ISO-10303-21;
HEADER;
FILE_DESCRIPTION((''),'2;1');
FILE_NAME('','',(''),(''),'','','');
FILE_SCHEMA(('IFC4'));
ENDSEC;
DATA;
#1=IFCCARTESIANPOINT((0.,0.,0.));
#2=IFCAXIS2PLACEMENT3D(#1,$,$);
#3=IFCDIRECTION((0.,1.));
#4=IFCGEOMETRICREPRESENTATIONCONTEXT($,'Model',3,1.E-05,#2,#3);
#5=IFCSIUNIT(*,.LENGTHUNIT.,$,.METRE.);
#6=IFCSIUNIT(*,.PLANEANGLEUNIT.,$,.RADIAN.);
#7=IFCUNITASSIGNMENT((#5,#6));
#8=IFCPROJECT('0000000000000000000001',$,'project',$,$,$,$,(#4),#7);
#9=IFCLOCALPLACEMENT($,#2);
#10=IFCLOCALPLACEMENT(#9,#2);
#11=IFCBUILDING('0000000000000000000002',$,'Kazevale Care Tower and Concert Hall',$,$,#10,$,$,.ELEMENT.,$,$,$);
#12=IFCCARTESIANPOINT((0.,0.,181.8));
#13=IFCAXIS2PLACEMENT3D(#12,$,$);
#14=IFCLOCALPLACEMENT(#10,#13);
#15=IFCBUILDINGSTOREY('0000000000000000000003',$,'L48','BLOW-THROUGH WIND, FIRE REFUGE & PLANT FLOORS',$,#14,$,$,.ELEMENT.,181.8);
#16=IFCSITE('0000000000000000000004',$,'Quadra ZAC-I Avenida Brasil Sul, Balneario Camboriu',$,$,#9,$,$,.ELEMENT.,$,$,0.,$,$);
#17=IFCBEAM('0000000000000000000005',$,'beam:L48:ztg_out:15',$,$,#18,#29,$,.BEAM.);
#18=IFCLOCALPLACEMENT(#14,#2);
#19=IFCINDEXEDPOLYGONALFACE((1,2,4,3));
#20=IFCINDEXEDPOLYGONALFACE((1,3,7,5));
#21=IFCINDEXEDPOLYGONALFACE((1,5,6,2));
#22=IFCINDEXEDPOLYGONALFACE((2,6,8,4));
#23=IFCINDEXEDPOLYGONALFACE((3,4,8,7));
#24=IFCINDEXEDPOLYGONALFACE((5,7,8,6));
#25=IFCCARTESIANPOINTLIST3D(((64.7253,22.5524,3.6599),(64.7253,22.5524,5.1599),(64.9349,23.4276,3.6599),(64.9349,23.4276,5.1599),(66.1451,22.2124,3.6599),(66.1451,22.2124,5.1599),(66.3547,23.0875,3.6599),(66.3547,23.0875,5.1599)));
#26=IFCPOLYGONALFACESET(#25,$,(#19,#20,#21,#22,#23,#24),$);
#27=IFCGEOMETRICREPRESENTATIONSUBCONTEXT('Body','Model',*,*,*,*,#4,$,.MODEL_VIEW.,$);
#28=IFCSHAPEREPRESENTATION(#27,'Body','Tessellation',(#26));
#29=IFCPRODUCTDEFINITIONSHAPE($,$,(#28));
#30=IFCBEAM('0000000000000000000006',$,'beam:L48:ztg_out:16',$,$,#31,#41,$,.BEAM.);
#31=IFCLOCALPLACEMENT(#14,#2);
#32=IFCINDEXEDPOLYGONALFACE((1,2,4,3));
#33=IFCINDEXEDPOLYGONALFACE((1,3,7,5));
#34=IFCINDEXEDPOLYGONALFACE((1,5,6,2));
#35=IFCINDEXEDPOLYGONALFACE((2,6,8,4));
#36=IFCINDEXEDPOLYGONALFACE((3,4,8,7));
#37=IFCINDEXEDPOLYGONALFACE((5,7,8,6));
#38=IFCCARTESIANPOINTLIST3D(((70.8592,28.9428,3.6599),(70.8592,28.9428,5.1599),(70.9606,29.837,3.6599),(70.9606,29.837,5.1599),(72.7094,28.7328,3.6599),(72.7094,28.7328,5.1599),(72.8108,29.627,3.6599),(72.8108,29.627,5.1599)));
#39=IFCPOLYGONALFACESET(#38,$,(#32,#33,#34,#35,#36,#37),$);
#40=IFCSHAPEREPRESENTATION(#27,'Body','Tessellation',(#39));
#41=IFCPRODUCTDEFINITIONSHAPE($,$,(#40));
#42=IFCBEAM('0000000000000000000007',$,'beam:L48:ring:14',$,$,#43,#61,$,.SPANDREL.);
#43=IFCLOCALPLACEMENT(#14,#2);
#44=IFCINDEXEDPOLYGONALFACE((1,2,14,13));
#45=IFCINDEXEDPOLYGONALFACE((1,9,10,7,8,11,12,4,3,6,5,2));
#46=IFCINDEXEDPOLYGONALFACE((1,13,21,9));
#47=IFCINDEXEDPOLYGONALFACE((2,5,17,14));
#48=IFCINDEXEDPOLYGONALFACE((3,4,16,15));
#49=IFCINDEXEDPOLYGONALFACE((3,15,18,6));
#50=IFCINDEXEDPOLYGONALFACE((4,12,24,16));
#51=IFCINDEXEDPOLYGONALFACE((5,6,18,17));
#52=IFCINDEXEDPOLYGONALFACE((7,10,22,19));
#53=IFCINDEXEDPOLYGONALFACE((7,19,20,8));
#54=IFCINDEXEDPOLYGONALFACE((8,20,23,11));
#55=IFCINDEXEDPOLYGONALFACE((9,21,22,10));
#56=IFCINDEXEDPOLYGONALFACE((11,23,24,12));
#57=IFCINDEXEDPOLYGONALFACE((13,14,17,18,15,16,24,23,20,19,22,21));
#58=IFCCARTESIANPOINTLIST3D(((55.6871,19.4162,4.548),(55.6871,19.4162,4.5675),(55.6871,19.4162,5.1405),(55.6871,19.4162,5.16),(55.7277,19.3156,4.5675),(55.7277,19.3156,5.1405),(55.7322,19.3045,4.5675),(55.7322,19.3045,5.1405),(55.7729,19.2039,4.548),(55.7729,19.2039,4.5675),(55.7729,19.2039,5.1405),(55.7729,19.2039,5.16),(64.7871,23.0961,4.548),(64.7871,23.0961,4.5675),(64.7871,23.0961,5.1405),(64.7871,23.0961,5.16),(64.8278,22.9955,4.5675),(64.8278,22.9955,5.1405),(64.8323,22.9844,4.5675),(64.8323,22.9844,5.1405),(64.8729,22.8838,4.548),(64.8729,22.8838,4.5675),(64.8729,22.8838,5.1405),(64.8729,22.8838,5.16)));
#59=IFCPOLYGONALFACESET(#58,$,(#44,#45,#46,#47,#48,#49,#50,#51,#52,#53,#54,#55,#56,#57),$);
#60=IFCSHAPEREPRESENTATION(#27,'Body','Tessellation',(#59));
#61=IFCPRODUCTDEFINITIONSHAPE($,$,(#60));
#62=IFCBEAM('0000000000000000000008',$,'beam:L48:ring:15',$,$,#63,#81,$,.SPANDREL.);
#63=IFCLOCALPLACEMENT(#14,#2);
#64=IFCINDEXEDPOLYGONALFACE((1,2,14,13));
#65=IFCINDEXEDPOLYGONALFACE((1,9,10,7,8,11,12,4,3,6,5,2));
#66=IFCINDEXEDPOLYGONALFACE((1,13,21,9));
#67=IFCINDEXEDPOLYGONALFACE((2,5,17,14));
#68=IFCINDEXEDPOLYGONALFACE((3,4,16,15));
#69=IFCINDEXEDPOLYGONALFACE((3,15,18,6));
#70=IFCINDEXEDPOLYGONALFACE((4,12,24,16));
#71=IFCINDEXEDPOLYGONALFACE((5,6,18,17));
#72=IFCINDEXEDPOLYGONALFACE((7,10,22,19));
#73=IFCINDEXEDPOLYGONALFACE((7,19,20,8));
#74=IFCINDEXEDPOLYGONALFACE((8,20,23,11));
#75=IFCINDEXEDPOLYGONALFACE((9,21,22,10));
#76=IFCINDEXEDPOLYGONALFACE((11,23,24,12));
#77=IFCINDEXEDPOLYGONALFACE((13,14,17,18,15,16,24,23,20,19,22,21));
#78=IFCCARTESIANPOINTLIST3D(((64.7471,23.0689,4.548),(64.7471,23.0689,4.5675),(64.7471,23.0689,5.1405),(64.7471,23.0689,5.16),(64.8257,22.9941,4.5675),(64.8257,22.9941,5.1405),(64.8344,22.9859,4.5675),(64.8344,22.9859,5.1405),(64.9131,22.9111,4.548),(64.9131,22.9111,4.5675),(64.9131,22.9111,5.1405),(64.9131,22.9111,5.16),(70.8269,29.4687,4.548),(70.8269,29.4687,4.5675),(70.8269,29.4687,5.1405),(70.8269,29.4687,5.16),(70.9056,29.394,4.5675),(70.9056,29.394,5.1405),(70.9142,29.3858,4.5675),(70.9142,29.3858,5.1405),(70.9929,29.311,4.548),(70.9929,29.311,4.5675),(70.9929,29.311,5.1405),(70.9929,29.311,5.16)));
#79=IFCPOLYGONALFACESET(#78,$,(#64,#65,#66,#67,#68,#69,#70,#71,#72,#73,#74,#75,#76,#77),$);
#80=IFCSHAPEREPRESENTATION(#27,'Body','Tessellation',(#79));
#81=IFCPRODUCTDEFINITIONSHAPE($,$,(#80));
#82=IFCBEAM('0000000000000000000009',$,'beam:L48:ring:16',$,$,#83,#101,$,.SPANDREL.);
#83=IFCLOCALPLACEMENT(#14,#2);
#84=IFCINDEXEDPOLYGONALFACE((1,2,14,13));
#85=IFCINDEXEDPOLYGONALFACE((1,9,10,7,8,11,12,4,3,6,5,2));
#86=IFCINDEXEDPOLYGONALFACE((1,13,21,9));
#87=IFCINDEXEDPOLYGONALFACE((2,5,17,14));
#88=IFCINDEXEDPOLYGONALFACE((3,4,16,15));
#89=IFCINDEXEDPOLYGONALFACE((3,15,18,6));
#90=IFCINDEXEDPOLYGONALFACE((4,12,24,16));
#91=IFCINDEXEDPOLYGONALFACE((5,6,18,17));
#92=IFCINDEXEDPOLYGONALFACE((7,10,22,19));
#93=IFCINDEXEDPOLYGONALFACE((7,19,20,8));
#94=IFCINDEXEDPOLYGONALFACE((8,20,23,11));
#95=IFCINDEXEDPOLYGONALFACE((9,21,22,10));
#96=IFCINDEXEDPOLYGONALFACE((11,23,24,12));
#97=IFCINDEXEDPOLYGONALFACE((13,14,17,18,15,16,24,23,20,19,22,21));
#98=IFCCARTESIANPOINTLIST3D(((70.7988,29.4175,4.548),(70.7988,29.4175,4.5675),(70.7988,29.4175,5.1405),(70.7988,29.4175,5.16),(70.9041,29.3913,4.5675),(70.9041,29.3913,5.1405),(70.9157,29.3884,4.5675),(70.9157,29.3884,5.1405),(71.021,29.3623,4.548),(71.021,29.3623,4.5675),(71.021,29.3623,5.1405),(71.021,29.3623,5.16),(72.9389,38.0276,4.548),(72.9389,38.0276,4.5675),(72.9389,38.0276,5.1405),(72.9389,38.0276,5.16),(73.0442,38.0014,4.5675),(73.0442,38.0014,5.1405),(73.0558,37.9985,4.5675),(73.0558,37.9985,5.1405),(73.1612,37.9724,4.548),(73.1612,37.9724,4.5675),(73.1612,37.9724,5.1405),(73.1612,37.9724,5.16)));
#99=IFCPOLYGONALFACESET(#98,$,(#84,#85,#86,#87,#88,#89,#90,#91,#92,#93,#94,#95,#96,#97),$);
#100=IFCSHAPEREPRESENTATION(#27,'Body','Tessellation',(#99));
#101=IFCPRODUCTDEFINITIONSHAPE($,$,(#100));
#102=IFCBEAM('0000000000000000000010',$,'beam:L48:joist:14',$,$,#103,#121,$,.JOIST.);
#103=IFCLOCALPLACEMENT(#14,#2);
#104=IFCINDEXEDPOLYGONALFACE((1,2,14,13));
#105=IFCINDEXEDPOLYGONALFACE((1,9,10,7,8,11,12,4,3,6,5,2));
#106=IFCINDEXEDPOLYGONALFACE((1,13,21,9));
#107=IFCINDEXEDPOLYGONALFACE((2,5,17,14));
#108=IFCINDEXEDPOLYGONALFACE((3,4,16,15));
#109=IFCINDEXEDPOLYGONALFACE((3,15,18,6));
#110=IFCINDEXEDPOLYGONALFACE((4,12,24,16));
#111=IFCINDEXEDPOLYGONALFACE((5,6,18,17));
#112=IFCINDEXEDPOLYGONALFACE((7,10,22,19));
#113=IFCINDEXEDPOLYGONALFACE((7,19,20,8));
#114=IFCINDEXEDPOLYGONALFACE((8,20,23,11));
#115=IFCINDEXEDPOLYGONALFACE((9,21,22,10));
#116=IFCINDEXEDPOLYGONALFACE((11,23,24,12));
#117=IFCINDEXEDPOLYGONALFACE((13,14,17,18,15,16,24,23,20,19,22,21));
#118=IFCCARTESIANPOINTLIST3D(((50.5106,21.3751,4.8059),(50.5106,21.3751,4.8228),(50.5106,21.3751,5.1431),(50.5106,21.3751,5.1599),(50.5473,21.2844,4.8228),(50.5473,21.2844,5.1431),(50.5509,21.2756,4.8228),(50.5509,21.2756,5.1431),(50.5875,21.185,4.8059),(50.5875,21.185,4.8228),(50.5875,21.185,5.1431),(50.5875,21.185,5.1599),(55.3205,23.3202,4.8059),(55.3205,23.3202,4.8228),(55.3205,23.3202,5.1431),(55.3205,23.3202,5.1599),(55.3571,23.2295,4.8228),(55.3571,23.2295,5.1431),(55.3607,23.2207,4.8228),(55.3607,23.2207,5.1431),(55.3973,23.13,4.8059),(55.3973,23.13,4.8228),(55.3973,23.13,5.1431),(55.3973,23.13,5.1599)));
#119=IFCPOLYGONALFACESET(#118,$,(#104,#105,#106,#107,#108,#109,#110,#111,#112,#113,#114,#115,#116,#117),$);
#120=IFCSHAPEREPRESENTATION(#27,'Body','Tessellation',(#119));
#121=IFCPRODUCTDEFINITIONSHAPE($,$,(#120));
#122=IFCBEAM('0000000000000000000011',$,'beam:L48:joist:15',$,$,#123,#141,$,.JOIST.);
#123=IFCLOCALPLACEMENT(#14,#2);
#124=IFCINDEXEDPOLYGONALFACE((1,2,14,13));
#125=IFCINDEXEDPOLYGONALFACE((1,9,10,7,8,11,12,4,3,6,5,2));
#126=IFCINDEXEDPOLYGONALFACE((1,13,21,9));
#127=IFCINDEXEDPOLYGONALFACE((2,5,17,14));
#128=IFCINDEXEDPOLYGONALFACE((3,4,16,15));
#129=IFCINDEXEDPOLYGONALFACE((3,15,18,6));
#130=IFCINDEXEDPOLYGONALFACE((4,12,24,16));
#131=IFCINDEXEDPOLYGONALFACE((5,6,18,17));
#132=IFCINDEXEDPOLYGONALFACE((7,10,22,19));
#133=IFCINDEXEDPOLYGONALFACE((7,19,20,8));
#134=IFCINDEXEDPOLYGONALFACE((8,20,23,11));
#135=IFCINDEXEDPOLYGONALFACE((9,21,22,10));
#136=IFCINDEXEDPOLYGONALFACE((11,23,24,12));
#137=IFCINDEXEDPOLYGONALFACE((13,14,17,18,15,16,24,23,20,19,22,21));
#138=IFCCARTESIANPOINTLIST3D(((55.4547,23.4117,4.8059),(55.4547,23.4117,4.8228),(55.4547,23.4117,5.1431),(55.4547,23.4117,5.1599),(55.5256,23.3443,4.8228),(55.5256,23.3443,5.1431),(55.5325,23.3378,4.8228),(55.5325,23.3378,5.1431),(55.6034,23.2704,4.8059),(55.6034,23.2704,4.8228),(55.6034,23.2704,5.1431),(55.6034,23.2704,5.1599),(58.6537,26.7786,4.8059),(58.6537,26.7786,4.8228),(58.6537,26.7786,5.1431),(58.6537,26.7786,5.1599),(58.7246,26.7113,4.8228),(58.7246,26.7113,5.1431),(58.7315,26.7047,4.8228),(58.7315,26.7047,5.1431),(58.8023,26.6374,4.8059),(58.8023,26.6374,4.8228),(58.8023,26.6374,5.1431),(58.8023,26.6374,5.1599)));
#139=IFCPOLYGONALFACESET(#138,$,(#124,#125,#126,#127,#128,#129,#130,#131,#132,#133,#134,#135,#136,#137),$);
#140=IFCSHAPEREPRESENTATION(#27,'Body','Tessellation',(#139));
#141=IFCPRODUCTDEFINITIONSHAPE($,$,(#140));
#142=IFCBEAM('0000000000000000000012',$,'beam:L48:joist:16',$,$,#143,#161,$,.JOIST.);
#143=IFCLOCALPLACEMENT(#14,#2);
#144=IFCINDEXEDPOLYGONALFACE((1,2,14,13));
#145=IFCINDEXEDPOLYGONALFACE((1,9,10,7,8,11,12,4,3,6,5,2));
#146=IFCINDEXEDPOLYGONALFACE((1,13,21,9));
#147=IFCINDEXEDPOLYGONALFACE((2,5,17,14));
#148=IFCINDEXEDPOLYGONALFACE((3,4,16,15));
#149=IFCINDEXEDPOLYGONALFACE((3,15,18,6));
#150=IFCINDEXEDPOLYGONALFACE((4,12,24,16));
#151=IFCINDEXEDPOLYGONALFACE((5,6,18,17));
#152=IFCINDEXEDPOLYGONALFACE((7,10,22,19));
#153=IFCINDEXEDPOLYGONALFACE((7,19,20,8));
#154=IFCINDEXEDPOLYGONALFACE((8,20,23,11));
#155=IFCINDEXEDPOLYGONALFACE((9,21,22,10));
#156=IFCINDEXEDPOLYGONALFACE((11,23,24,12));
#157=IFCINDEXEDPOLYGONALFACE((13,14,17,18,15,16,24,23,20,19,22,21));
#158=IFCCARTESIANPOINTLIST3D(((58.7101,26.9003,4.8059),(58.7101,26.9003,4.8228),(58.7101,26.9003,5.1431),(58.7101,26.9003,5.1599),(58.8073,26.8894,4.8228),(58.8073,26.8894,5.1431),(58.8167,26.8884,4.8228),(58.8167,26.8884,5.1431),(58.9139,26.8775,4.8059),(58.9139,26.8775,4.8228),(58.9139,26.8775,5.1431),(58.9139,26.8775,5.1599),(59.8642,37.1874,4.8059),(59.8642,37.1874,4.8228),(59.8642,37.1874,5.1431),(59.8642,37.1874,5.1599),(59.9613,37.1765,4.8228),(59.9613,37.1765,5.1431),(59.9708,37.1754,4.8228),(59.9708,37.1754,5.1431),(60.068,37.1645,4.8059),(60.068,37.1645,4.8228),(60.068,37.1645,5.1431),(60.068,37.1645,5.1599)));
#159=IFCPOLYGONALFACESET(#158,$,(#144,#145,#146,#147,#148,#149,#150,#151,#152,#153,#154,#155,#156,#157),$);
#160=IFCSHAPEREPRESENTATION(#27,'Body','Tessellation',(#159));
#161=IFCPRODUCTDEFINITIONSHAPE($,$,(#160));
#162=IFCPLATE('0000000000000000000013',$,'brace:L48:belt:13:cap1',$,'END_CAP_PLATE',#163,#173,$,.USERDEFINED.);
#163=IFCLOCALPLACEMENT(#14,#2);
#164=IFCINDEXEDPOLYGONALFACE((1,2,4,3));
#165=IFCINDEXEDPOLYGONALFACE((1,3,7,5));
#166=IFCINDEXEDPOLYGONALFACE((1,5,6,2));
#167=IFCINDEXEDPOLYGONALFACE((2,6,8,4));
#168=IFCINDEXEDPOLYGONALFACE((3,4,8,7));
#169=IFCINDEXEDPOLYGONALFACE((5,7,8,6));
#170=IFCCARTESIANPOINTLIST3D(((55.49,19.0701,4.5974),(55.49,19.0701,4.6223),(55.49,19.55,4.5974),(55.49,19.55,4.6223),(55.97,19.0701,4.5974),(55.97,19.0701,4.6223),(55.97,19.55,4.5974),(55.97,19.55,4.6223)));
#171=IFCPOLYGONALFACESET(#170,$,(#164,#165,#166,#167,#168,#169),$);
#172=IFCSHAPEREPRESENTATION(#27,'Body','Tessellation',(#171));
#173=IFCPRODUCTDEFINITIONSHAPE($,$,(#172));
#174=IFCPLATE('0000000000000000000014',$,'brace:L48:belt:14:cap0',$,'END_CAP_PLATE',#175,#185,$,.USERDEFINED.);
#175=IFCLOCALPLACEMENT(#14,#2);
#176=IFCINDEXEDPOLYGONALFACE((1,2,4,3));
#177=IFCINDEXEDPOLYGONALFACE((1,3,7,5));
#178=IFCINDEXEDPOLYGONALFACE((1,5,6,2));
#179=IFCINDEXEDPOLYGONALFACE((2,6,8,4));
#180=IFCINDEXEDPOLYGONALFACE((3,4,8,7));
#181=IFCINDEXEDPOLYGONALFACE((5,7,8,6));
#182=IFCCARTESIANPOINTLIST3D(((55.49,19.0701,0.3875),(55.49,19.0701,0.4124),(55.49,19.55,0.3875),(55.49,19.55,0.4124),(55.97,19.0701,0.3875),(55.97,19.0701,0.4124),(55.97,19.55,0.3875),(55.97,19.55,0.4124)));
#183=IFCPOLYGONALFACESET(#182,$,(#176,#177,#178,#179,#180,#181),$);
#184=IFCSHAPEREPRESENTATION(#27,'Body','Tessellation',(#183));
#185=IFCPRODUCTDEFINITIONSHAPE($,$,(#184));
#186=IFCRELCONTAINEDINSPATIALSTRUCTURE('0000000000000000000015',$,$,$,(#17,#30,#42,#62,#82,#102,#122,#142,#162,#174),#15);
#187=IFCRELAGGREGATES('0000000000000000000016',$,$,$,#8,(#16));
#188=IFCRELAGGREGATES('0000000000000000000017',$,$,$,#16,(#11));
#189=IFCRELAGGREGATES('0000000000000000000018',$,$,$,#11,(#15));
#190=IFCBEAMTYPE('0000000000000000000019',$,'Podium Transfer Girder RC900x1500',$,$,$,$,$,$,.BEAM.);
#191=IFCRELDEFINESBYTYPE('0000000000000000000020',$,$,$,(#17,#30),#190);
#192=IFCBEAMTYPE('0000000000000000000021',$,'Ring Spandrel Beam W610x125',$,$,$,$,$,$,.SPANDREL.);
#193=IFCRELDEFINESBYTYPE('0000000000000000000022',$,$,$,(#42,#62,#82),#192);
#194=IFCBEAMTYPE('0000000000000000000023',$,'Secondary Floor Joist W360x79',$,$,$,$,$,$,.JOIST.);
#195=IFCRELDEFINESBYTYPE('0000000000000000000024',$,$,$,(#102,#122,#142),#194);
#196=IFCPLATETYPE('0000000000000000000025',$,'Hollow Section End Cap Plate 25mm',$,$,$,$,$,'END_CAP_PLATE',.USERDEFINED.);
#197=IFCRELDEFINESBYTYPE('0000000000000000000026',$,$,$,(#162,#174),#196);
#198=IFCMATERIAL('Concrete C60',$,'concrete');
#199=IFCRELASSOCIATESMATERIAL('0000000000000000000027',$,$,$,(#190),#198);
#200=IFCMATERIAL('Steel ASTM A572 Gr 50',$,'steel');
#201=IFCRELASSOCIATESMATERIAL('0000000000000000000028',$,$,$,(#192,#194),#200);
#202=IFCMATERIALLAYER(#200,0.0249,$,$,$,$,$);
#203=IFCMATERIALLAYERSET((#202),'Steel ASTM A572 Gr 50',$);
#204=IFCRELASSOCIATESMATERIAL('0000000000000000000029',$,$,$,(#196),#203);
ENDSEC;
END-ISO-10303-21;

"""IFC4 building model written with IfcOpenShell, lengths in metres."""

from ifc_helpers import new_model, si_unit, direction, frame, origin, origin_2d, place, context, subcontext, project, spatial, rectangle, i_section, extrude, material, layer, layer_set, material_profile, profile_set, type_object, element, save


model = new_model("IFC4")

# Units and contexts
model_context = context("Model", 3, precision=1e-05, world=origin(), true_north=direction((0.0, 1.0)))
body_context = subcontext(model_context, "Body", "Model", "MODEL_VIEW")
ifc_project = project(units=[si_unit("LENGTHUNIT", "METRE"), si_unit("PLANEANGLEUNIT", "RADIAN")], contexts=[model_context])

# Site, building, storey
site_placement = place(None, origin())
site = spatial("IfcSite", under=ifc_project, at=site_placement, Name="Quadra ZAC-I Avenida Brasil Sul, Balneario Camboriu", CompositionType="ELEMENT", RefElevation=0.0)
building_placement = place(site_placement, origin())
building = spatial("IfcBuilding", under=site, at=building_placement, Name="Kazevale Care Tower and Concert Hall", CompositionType="ELEMENT")
storey_placement = place(building_placement, frame((0.0, 0.0, 181.8)))
storey = spatial("IfcBuildingStorey", under=building, at=storey_placement, Name="L48", Description="BLOW-THROUGH WIND, FIRE REFUGE & PLANT FLOORS", CompositionType="ELEMENT", Elevation=181.8)

# Shared definitions
ifc_material_1 = material(Name="Concrete C60", Category="concrete")

# Shared definitions
ifc_material_2 = material(Name="Steel ASTM A572 Gr 50", Category="steel")

# Beams
ifc_material_profile_1 = material_profile(ifc_material_1, rectangle(XDim=0.8999, YDim=1.5, at=origin_2d()), Name="RC-TG900x1500")
ifc_profile_set_1 = profile_set([ifc_material_profile_1], Name="Concrete C60")
beam_type_1 = type_object("IfcBeamType", Name="Podium Transfer Girder RC900x1500", PredefinedType="BEAM", material=ifc_profile_set_1)
beam_1_placement = place(storey_placement, frame((64.8301, 22.99, 4.4099), z_axis=(0.972495, -0.232924, 0.0), x_axis=(0.232924, 0.972495, 0.0)))
element("IfcBeam", 1, at=beam_1_placement, inside=storey, type_object=beam_type_1, Name="beam:L48:ztg_out:15", PredefinedType="BEAM", context=body_context, shape_type="SweptSolid", body=[
    extrude(rectangle(XDim=0.8999, YDim=1.5, at=origin_2d()), origin(), (0.0, 0.0, 1.0), 1.46),
])
beam_2_placement = place(storey_placement, frame((70.9099, 29.3899, 4.4099), z_axis=(0.993622, -0.112763, 0.0), x_axis=(0.112763, 0.993622, 0.0)))
element("IfcBeam", 2, at=beam_2_placement, inside=storey, type_object=beam_type_1, Name="beam:L48:ztg_out:16", PredefinedType="BEAM", context=body_context, shape_type="SweptSolid", body=[
    extrude(rectangle(XDim=0.8999, YDim=1.5, at=origin_2d()), origin(), (0.0, 0.0, 1.0), 1.8621),
])
ifc_material_profile_2 = material_profile(ifc_material_2, i_section(OverallWidth=0.229, OverallDepth=0.6121, WebThickness=0.012, FlangeThickness=0.0195, at=origin_2d()), Name="W610x125")
ifc_profile_set_2 = profile_set([ifc_material_profile_2], Name="Steel ASTM A572 Gr 50")
beam_type_2 = type_object("IfcBeamType", Name="Ring Spandrel Beam W610x125", PredefinedType="SPANDREL", material=ifc_profile_set_2)
beam_3_placement = place(storey_placement, frame((55.73, 19.3101, 4.854), z_axis=(0.927069, 0.374892, 0.0), x_axis=(-0.374892, 0.927069, 0.0)))
element("IfcBeam", 3, at=beam_3_placement, inside=storey, type_object=beam_type_2, Name="beam:L48:ring:14", PredefinedType="SPANDREL", context=body_context, shape_type="SweptSolid", body=[
    extrude(i_section(OverallWidth=0.229, OverallDepth=0.6121, WebThickness=0.012, FlangeThickness=0.0195, at=origin_2d()), origin(), (0.0, 0.0, 1.0), 9.8159),
])
beam_4_placement = place(storey_placement, frame((64.8301, 22.99, 4.854), z_axis=(0.688745, 0.725004, 0.0), x_axis=(-0.725004, 0.688745, 0.0)))
element("IfcBeam", 4, at=beam_4_placement, inside=storey, type_object=beam_type_2, Name="beam:L48:ring:15", PredefinedType="SPANDREL", context=body_context, shape_type="SweptSolid", body=[
    extrude(i_section(OverallWidth=0.229, OverallDepth=0.6121, WebThickness=0.012, FlangeThickness=0.0195, at=origin_2d()), origin(), (0.0, 0.0, 1.0), 8.8274),
])
beam_5_placement = place(storey_placement, frame((70.9099, 29.3899, 4.854), z_axis=(0.241221, 0.97047, 0.0), x_axis=(-0.97047, 0.241221, 0.0)))
element("IfcBeam", 5, at=beam_5_placement, inside=storey, type_object=beam_type_2, Name="beam:L48:ring:16", PredefinedType="SPANDREL", context=body_context, shape_type="SweptSolid", body=[
    extrude(i_section(OverallWidth=0.229, OverallDepth=0.6121, WebThickness=0.012, FlangeThickness=0.0195, at=origin_2d()), origin(), (0.0, 0.0, 1.0), 8.8721),
])
ifc_material_profile_3 = material_profile(ifc_material_2, i_section(OverallWidth=0.2051, OverallDepth=0.354, WebThickness=0.0095, FlangeThickness=0.0168, at=origin_2d()), Name="W360x79")
ifc_profile_set_3 = profile_set([ifc_material_profile_3], Name="Steel ASTM A572 Gr 50")
beam_type_3 = type_object("IfcBeamType", Name="Secondary Floor Joist W360x79", PredefinedType="JOIST", material=ifc_profile_set_3)
beam_6_placement = place(storey_placement, frame((50.5491, 21.28, 4.9829), z_axis=(0.927065, 0.374901, 0.0), x_axis=(-0.374901, 0.927065, 0.0)))
element("IfcBeam", 6, at=beam_6_placement, inside=storey, type_object=beam_type_3, Name="beam:L48:joist:14", PredefinedType="JOIST", context=body_context, shape_type="SweptSolid", body=[
    extrude(i_section(OverallWidth=0.2051, OverallDepth=0.354, WebThickness=0.0095, FlangeThickness=0.0168, at=origin_2d()), origin(), (0.0, 0.0, 1.0), 5.1882),
])
beam_7_placement = place(storey_placement, frame((55.5291, 23.3411, 4.9829), z_axis=(0.688792, 0.724959, 0.0), x_axis=(-0.724959, 0.688792, 0.0)))
element("IfcBeam", 7, at=beam_7_placement, inside=storey, type_object=beam_type_3, Name="beam:L48:joist:15", PredefinedType="JOIST", context=body_context, shape_type="SweptSolid", body=[
    extrude(i_section(OverallWidth=0.2051, OverallDepth=0.354, WebThickness=0.0095, FlangeThickness=0.0168, at=origin_2d()), origin(), (0.0, 0.0, 1.0), 4.6443),
])
beam_8_placement = place(storey_placement, frame((58.812, 26.8889, 4.9829), z_axis=(0.111485, 0.993766, 0.0), x_axis=(-0.993766, 0.111485, 0.0)))
element("IfcBeam", 8, at=beam_8_placement, inside=storey, type_object=beam_type_3, Name="beam:L48:joist:16", PredefinedType="JOIST", context=body_context, shape_type="SweptSolid", body=[
    extrude(i_section(OverallWidth=0.2051, OverallDepth=0.354, WebThickness=0.0095, FlangeThickness=0.0168, at=origin_2d()), origin(), (0.0, 0.0, 1.0), 10.3516),
])

# Plates
ifc_layer_1 = layer(ifc_material_2, 0.0249)
ifc_layer_set_1 = layer_set([ifc_layer_1], Name="Steel ASTM A572 Gr 50")
plate_type_1 = type_object("IfcPlateType", Name="Hollow Section End Cap Plate 25mm", ElementType="END_CAP_PLATE", PredefinedType="USERDEFINED", material=ifc_layer_set_1)
for number, where, z_axis, x_axis, name in (
    (9, (55.73, 19.3101, 4.5974), (0.0, 0.0, 1.0), (1.0, 0.0, 0.0), "brace:L48:belt:13:cap1"),
    (10, (55.73, 19.3101, 0.3875), (0.0, 0.0, 1.0), (1.0, 0.0, 0.0), "brace:L48:belt:14:cap0"),
):
    element("IfcPlate", number, at=place(storey_placement, frame(where, z_axis=z_axis, x_axis=x_axis)), inside=storey, type_object=plate_type_1, Name=name, ObjectType="END_CAP_PLATE", PredefinedType="USERDEFINED", context=body_context, shape_type="SweptSolid", body=[
        extrude(rectangle(XDim=0.48, YDim=0.48, at=origin_2d()), origin(), (0.0, 0.0, 1.0), 0.0249),
    ])

save(model, "model.ifc")
